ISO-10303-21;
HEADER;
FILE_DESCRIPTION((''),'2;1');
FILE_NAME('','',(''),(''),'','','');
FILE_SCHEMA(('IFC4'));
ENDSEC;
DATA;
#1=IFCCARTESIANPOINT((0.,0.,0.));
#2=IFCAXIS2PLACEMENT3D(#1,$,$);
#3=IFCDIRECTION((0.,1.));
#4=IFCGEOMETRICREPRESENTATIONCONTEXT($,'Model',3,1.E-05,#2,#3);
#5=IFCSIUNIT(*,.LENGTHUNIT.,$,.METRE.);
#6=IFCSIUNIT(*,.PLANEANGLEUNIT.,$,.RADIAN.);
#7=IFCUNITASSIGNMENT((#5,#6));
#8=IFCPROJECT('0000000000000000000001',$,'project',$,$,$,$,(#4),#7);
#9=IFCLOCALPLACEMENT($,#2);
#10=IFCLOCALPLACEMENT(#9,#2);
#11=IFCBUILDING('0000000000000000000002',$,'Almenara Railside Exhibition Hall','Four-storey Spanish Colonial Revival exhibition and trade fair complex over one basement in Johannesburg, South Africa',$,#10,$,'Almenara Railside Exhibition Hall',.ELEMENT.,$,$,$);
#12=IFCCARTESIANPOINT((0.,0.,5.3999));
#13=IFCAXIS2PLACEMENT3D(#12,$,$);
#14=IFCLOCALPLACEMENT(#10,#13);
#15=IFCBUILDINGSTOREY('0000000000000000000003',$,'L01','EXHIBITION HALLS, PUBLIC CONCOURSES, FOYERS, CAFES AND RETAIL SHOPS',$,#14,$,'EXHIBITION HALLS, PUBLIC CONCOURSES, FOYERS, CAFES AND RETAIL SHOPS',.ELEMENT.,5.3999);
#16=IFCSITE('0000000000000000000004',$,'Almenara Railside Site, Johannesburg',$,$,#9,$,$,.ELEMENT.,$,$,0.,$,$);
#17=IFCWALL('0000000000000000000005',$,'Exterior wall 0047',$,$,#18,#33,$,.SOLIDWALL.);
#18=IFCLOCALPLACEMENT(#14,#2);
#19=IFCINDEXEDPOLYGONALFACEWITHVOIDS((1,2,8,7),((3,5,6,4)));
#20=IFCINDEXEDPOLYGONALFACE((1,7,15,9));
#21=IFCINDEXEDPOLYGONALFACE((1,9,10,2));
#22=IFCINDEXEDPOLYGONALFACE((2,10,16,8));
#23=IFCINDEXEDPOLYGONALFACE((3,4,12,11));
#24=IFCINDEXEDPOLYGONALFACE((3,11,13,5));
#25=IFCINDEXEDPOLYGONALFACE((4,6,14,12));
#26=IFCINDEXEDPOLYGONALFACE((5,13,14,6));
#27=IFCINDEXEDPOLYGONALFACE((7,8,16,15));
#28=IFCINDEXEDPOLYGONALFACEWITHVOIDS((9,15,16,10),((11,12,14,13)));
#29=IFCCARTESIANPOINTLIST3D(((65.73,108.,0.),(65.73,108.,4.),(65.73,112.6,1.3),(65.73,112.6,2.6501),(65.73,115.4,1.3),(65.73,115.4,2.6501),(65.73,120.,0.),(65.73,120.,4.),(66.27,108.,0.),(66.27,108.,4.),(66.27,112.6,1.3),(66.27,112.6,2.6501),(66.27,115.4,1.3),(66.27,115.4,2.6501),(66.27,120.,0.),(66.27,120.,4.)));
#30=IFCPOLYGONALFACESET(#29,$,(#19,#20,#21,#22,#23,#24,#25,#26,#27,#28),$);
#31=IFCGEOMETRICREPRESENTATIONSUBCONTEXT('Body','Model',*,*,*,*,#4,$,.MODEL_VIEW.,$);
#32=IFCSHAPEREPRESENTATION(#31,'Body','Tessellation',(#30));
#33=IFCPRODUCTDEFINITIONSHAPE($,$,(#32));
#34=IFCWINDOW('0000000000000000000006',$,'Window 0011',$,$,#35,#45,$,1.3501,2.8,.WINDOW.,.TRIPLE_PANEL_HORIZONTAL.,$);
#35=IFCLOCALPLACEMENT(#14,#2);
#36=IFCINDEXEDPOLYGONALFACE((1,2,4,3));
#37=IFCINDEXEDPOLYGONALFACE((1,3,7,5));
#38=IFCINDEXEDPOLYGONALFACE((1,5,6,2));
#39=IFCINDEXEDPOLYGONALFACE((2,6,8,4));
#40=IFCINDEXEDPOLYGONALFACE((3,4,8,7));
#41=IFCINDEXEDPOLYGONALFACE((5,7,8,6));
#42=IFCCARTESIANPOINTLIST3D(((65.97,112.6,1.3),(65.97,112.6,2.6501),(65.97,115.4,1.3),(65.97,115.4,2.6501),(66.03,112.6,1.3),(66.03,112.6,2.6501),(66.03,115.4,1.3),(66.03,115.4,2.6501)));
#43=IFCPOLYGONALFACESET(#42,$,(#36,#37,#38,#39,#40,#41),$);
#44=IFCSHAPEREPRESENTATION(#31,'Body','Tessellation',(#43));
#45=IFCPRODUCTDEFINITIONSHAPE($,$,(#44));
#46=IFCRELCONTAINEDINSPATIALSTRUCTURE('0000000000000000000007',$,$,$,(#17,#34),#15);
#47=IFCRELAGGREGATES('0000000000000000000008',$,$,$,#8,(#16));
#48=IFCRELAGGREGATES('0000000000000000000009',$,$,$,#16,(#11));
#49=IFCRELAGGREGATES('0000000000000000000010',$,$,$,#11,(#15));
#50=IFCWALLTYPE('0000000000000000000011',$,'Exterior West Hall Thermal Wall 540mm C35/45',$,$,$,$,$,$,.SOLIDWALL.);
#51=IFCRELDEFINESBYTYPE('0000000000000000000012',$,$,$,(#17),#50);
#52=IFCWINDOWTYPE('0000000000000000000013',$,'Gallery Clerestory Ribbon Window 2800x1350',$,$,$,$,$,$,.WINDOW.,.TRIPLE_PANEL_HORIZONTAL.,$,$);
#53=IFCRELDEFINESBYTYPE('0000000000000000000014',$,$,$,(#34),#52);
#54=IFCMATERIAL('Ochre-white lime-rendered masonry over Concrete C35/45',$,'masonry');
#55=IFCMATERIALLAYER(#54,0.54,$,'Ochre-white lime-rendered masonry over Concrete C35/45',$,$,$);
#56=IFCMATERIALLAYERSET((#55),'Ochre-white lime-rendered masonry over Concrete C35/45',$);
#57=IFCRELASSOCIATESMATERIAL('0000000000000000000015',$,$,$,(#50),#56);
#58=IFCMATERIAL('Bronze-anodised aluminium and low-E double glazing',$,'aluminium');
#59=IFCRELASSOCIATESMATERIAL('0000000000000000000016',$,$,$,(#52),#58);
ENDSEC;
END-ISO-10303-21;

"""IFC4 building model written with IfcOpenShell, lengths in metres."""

from ifc_helpers import new_model, si_unit, direction, frame, frame_2d, origin, place, context, subcontext, project, spatial, rectangle, extrude, material, layer, layer_set, type_object, element, fill, save


model = new_model("IFC4")

# Units and contexts
model_context = context("Model", 3, precision=1e-05, world=origin(), true_north=direction((0.0, 1.0)))
body_context = subcontext(model_context, "Body", "Model", "MODEL_VIEW")
ifc_project = project(units=[si_unit("LENGTHUNIT", "METRE"), si_unit("PLANEANGLEUNIT", "RADIAN")], contexts=[model_context])

# Site, building, storey
site_placement = place(None, origin())
site = spatial("IfcSite", under=ifc_project, at=site_placement, Name="Almenara Railside Site, Johannesburg", CompositionType="ELEMENT", RefElevation=0.0)
building_placement = place(site_placement, origin())
building = spatial("IfcBuilding", under=site, at=building_placement, Name="Almenara Railside Exhibition Hall", Description="Four-storey Spanish Colonial Revival exhibition and trade fair complex over one basement in Johannesburg, South Africa", LongName="Almenara Railside Exhibition Hall", CompositionType="ELEMENT")
storey_placement = place(building_placement, frame((0.0, 0.0, 5.3999)))
storey = spatial("IfcBuildingStorey", under=building, at=storey_placement, Name="L01", Description="EXHIBITION HALLS, PUBLIC CONCOURSES, FOYERS, CAFES AND RETAIL SHOPS", LongName="EXHIBITION HALLS, PUBLIC CONCOURSES, FOYERS, CAFES AND RETAIL SHOPS", CompositionType="ELEMENT", Elevation=5.3999)

# Shared definitions
ifc_material_1 = material(Name="Bronze-anodised aluminium and low-E double glazing", Category="aluminium")

# Wall, opening, window
ifc_material_2 = material(Name="Ochre-white lime-rendered masonry over Concrete C35/45", Category="masonry")
ifc_layer_1 = layer(ifc_material_2, 0.54, Name="Ochre-white lime-rendered masonry over Concrete C35/45")
ifc_layer_set_1 = layer_set([ifc_layer_1], Name="Ochre-white lime-rendered masonry over Concrete C35/45")
wall_type = type_object("IfcWallType", Name="Exterior West Hall Thermal Wall 540mm C35/45", PredefinedType="SOLIDWALL", material=ifc_layer_set_1)
wall_placement = place(storey_placement, frame((66.0, 108.0, 0.0), z_axis=(0.0, 0.0, 1.0), x_axis=(0.0, 1.0, 0.0)))
wall = element("IfcWall", 1, at=wall_placement, inside=storey, type_object=wall_type, Name="Exterior wall 0047", PredefinedType="SOLIDWALL", context=body_context, shape_type="SweptSolid", body=[
    extrude(rectangle(XDim=12.0, YDim=0.54, at=frame_2d((6.0, 0.0))), origin(), (0.0, 0.0, 1.0), 4.0),
])
opening_placement = place(wall_placement, frame((4.6001, 0.0, 1.3)))
opening = element("IfcOpeningElement", 2, at=opening_placement, cuts=wall, PredefinedType="OPENING", context=body_context, shape_type="SweptSolid", body=[
    extrude(rectangle(XDim=2.8, YDim=1.3501, at=frame_2d((1.3999, 0.675))), frame((0.0, 0.28, 0.0), z_axis=(0.0, -1.0, 0.0), x_axis=(1.0, 0.0, 0.0)), (0.0, 0.0, 1.0), 0.5601),
])
window_type = type_object("IfcWindowType", Name="Gallery Clerestory Ribbon Window 2800x1350", PartitioningType="TRIPLE_PANEL_HORIZONTAL", PredefinedType="WINDOW", material=ifc_material_1)
window_placement = place(opening_placement, origin())
window = element("IfcWindow", 3, at=window_placement, inside=storey, type_object=window_type, Name="Window 0011", OverallHeight=1.3501, OverallWidth=2.8, PartitioningType="TRIPLE_PANEL_HORIZONTAL", PredefinedType="WINDOW", context=body_context, shape_type="SweptSolid", body=[
    extrude(rectangle(XDim=2.8, YDim=1.3501, at=frame_2d((1.3999, 0.675))), frame((0.0, 0.03, 0.0), z_axis=(0.0, -1.0, 0.0), x_axis=(1.0, 0.0, 0.0)), (0.0, 0.0, 1.0), 0.0601),
])
fill(opening, window)

save(model, "model.ifc")
